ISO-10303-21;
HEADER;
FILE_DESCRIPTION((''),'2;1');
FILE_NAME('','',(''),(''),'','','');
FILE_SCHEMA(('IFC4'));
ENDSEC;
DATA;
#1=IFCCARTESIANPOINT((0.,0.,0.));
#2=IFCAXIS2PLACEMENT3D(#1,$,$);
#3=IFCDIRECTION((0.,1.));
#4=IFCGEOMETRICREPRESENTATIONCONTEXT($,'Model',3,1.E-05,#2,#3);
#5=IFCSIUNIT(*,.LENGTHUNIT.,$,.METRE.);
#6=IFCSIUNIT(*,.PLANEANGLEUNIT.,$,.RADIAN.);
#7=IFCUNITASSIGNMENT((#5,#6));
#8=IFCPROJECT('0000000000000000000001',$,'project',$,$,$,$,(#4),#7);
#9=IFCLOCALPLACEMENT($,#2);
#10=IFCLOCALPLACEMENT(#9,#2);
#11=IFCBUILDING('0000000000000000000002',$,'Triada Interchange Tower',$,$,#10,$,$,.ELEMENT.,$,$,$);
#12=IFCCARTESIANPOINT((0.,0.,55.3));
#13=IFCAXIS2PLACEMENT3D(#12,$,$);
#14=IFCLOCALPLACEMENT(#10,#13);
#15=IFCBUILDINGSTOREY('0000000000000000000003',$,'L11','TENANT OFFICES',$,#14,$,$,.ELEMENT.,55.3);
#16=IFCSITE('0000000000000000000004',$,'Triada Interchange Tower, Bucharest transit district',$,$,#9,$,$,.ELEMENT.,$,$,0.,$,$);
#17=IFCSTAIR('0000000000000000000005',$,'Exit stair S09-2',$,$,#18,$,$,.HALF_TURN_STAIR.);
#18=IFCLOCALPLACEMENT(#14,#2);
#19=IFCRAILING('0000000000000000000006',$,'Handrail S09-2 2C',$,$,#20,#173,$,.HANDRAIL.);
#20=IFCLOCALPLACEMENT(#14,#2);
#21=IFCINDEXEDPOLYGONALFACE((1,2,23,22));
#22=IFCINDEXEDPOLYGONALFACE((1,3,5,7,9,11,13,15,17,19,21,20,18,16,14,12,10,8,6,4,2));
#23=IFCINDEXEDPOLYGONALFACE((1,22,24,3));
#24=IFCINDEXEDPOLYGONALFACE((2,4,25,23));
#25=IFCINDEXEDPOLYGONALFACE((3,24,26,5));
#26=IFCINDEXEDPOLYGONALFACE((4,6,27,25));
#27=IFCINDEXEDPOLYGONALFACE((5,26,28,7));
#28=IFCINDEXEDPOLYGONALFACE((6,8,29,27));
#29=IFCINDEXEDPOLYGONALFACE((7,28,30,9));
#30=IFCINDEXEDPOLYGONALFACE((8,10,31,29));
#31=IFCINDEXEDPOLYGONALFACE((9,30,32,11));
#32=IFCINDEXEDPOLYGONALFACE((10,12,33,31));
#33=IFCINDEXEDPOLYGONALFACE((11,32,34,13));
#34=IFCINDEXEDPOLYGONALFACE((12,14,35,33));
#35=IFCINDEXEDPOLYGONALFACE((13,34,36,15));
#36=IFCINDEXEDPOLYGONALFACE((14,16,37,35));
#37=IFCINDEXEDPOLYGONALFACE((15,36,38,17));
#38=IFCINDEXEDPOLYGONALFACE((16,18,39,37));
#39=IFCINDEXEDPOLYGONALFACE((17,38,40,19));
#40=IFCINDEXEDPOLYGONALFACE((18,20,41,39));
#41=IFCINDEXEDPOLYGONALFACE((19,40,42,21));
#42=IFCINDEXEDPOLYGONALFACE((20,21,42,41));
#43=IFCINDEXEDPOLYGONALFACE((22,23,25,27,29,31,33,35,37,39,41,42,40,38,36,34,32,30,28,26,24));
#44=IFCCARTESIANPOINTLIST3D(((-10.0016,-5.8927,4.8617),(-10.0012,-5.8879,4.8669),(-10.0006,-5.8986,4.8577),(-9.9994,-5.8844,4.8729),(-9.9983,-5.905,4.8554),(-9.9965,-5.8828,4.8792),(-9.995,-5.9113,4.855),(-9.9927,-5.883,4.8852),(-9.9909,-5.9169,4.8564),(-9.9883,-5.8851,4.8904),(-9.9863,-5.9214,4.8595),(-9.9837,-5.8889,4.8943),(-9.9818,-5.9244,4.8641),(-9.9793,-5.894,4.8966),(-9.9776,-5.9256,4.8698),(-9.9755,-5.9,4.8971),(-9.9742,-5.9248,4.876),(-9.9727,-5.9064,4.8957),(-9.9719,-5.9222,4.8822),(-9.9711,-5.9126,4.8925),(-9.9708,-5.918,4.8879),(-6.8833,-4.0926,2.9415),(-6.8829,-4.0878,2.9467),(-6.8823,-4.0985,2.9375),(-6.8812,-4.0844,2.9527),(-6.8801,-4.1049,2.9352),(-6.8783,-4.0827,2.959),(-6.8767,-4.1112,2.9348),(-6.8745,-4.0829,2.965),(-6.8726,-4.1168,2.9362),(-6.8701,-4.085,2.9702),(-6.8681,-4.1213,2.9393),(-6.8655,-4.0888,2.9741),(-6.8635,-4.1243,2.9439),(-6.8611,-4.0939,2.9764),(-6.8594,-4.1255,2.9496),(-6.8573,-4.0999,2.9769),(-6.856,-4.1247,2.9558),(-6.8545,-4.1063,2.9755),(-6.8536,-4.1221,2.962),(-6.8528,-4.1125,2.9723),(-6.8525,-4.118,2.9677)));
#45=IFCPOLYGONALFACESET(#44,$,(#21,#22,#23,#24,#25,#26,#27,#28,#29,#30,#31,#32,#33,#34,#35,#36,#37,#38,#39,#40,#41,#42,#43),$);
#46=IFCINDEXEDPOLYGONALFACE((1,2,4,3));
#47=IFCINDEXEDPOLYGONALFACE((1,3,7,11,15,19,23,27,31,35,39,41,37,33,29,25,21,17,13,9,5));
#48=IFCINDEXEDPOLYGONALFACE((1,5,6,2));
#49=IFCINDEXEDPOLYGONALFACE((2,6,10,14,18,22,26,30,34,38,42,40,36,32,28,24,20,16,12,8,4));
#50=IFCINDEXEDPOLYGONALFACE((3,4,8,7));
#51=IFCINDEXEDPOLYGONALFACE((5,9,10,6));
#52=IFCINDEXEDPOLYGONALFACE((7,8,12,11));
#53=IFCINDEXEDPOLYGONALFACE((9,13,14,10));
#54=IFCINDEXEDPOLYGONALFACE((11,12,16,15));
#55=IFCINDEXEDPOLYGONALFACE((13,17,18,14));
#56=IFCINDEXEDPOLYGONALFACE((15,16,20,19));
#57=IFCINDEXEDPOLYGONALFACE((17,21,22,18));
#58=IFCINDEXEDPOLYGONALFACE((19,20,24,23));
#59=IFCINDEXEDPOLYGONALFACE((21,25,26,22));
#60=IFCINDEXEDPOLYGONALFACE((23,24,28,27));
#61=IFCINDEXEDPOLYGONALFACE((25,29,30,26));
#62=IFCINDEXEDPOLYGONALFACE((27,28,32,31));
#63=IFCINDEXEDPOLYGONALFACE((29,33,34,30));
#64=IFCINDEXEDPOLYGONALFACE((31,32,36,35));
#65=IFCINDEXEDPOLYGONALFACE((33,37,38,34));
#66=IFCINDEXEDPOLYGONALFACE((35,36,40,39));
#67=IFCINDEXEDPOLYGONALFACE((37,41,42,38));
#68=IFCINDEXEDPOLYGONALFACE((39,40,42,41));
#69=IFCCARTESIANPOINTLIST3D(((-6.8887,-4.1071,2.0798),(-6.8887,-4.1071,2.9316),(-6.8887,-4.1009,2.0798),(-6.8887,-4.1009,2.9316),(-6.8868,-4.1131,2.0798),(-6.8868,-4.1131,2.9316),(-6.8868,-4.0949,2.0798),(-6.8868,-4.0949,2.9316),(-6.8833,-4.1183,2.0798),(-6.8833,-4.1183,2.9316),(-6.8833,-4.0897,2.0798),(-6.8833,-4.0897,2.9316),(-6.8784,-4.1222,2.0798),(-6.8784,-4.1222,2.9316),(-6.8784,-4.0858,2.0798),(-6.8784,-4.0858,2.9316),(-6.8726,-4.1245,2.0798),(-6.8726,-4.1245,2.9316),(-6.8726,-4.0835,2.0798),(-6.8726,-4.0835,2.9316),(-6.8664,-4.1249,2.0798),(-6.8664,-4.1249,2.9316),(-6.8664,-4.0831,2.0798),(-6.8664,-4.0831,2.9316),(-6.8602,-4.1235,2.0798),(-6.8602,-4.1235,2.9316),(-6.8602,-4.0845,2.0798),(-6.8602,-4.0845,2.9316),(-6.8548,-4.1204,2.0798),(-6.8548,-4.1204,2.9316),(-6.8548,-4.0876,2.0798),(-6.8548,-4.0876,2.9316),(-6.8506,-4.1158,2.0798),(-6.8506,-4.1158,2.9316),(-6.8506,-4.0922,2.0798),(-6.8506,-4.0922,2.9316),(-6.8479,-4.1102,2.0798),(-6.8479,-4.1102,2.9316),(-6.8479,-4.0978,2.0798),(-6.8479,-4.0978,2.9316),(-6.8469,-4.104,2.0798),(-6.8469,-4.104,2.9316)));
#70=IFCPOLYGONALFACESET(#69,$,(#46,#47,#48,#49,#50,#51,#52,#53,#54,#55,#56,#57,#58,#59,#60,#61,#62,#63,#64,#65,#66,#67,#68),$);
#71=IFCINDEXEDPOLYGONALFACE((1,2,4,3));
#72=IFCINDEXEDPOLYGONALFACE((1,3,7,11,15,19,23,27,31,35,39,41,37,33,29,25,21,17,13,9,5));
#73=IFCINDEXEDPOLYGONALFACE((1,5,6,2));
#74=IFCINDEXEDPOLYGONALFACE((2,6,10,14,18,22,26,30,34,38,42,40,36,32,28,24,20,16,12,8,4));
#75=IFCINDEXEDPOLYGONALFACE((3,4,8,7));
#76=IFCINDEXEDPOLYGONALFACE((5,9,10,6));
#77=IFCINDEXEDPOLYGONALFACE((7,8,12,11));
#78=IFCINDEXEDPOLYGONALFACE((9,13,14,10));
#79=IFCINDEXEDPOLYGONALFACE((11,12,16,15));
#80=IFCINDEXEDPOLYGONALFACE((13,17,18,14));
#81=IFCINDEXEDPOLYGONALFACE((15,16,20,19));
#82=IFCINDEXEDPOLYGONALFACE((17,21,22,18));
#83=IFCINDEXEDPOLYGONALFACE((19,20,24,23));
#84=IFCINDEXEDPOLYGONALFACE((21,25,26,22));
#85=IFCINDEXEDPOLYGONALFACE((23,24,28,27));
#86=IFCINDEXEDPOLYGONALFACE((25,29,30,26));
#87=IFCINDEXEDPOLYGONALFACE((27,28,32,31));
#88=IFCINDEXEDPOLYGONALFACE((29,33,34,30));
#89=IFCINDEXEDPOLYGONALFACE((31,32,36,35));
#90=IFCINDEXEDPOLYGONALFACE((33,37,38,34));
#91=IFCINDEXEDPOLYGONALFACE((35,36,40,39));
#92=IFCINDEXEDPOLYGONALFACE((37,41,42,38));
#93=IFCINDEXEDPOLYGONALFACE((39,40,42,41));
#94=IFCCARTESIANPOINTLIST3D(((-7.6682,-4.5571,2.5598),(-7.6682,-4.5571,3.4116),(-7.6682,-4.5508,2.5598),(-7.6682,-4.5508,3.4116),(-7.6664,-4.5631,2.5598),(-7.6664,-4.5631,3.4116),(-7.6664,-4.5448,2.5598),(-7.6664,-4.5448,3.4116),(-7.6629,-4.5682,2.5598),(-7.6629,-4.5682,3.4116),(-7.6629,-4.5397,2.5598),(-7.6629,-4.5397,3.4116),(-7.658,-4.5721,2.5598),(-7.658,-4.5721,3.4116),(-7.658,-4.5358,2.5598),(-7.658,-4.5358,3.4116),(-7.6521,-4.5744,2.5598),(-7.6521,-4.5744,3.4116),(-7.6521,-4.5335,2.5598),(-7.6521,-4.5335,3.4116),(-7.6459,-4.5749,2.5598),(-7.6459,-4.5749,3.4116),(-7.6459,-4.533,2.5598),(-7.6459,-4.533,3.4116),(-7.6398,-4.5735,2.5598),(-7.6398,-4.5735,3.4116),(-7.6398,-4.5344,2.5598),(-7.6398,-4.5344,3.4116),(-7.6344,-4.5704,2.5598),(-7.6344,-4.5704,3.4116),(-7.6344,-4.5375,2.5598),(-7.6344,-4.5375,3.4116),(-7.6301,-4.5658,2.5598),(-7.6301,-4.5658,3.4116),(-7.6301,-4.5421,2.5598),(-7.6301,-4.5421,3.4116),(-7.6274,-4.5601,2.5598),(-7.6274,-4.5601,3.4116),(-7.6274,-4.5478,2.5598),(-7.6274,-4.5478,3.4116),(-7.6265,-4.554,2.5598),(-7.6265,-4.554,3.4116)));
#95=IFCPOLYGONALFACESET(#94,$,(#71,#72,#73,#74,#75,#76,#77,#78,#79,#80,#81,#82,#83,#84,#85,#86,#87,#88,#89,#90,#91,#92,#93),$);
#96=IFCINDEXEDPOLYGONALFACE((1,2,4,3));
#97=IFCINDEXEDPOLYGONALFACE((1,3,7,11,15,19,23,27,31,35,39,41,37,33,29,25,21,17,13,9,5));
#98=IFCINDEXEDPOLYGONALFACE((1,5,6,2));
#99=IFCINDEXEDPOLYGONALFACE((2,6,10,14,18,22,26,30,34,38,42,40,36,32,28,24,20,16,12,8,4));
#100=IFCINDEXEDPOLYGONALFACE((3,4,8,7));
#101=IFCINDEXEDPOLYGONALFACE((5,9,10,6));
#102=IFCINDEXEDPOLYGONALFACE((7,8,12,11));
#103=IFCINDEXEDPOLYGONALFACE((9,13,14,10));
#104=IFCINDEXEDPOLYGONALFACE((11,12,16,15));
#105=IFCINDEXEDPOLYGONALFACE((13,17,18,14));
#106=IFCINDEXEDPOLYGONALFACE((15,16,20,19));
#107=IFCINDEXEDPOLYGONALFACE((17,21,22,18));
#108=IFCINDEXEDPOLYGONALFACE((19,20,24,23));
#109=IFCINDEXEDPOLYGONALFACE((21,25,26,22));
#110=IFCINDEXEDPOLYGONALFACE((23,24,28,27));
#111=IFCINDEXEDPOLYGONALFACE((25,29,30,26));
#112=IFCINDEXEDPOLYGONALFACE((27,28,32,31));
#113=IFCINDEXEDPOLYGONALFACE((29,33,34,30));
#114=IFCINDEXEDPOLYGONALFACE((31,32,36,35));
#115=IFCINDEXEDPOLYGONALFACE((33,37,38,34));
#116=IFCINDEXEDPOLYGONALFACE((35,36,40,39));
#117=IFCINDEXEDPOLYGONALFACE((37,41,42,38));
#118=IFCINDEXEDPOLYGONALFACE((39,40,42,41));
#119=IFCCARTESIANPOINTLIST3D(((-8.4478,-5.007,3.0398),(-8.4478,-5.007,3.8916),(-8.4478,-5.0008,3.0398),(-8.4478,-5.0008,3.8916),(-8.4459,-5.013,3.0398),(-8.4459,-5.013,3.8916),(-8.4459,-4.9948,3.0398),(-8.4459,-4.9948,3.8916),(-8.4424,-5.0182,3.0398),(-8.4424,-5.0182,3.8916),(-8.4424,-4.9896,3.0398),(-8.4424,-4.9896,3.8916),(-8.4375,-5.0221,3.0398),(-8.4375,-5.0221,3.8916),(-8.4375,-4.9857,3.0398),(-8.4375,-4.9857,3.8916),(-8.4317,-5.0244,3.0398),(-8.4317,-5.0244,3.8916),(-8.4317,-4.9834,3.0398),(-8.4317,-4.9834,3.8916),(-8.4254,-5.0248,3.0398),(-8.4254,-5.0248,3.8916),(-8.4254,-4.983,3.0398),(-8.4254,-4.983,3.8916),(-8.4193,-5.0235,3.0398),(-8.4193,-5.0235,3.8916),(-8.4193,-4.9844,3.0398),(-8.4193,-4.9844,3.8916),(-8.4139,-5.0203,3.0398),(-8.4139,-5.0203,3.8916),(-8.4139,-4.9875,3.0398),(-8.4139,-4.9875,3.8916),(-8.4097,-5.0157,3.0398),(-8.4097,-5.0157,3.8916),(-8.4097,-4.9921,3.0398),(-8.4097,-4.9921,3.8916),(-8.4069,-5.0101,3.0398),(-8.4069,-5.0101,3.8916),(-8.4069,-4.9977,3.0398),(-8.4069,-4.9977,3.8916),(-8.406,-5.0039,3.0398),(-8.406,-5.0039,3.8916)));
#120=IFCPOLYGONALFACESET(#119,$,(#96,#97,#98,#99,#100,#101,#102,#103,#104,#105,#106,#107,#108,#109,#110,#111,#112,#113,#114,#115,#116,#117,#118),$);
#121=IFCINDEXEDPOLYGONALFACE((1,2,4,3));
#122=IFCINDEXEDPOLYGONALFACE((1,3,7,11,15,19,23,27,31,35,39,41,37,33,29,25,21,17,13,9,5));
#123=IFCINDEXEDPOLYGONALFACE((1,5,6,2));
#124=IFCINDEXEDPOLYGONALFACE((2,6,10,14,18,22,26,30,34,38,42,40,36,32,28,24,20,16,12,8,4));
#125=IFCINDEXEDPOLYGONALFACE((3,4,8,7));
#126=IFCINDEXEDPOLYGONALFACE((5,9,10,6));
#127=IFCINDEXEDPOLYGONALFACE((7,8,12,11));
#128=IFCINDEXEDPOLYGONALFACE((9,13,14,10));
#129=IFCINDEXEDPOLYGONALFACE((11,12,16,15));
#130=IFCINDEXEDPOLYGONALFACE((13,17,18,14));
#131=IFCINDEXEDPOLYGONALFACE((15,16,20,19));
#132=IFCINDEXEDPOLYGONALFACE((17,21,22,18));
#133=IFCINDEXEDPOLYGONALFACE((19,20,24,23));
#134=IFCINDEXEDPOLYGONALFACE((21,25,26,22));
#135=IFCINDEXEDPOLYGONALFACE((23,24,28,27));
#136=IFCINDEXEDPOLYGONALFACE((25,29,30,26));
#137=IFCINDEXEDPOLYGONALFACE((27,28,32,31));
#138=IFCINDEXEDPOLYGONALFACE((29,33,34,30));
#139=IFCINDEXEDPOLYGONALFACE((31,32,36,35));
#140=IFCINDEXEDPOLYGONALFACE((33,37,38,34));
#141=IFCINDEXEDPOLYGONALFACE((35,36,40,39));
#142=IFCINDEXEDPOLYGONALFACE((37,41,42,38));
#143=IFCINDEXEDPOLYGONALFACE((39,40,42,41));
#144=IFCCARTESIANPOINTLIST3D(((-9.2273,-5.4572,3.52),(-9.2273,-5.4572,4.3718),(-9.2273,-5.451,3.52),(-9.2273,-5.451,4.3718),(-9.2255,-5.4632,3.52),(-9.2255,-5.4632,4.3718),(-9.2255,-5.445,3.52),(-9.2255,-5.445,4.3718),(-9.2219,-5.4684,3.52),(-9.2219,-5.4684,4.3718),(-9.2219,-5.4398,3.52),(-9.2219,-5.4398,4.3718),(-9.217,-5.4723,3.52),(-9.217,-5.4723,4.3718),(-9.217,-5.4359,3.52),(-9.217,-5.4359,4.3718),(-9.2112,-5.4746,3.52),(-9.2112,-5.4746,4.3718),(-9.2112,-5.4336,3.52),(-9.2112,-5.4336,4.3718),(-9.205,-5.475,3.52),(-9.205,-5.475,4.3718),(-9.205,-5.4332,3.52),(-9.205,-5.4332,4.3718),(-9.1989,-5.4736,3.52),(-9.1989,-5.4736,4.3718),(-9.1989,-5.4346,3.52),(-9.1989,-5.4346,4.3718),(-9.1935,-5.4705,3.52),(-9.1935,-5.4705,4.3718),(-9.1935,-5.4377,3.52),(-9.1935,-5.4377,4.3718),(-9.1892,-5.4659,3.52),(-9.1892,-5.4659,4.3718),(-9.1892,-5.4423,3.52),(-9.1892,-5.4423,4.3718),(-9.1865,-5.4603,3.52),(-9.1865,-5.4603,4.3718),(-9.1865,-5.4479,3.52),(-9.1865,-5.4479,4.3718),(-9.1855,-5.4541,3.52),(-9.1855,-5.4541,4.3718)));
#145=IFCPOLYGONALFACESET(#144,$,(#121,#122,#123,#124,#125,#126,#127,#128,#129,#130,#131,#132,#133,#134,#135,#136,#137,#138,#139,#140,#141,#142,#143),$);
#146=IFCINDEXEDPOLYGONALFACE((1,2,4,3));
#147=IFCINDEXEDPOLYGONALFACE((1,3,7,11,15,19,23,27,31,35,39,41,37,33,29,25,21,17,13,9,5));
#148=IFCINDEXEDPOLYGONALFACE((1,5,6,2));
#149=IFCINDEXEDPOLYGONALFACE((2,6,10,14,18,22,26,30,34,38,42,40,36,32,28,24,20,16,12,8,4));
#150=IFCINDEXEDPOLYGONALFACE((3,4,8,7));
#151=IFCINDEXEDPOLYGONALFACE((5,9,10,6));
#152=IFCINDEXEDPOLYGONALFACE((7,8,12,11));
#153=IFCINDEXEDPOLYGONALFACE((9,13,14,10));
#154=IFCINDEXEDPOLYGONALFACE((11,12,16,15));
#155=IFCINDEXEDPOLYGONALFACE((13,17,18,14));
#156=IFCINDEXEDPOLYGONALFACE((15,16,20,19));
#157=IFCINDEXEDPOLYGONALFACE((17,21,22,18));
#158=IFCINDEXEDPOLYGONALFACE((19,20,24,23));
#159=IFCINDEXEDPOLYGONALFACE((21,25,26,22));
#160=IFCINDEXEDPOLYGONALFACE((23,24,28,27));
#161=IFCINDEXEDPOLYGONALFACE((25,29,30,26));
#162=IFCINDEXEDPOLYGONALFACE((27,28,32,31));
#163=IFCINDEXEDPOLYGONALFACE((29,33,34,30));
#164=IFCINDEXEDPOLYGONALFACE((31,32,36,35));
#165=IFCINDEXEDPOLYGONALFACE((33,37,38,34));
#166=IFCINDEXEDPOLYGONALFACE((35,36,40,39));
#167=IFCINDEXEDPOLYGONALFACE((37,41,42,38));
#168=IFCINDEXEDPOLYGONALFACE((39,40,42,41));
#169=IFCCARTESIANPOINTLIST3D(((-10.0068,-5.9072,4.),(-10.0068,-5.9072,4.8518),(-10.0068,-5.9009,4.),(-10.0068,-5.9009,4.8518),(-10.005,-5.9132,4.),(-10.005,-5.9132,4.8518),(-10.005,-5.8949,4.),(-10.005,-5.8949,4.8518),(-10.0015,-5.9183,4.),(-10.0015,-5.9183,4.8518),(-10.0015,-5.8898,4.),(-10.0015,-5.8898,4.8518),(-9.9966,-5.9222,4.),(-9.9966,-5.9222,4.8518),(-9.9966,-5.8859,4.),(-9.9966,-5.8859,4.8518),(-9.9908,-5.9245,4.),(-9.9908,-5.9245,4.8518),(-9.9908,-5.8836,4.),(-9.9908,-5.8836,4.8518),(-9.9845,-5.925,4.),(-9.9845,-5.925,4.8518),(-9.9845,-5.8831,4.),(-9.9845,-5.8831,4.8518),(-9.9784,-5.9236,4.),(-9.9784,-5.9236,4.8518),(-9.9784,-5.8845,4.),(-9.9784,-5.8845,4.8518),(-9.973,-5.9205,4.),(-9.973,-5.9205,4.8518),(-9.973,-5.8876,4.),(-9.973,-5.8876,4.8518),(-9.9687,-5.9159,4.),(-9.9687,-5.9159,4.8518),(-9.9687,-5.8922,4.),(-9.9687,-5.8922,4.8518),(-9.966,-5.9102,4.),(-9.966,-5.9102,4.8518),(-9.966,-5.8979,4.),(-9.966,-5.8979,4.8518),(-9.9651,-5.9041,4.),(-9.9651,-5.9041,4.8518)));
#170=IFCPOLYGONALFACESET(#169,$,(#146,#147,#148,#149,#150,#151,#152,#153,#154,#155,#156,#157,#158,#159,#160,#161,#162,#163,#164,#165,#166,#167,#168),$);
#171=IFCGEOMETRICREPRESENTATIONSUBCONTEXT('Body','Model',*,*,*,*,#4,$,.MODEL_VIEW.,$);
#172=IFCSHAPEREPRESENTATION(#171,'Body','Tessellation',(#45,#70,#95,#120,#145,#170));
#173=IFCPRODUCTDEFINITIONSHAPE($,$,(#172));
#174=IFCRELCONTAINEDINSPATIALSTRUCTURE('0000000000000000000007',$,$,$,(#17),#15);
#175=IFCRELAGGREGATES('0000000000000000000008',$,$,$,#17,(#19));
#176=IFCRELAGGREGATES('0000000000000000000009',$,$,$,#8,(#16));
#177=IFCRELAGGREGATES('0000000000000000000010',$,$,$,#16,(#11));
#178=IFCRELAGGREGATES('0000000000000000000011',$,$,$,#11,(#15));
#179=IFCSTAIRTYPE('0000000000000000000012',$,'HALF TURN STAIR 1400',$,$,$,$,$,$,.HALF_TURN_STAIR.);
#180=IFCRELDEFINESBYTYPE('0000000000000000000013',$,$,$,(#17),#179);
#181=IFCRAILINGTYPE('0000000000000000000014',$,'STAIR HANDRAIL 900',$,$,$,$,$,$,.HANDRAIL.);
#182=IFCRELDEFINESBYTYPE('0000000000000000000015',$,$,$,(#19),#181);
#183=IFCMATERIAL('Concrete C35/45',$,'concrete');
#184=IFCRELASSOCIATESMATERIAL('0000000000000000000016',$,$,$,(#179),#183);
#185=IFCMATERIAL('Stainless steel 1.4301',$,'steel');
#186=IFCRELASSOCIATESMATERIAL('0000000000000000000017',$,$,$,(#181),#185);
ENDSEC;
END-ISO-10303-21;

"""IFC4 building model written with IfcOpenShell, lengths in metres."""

from ifc_helpers import new_model, si_unit, direction, frame, origin, origin_2d, place, context, subcontext, project, spatial, circle, extrude, material, type_object, element, aggregate, save


model = new_model("IFC4")

# Units and contexts
model_context = context("Model", 3, precision=1e-05, world=origin(), true_north=direction((0.0, 1.0)))
body_context = subcontext(model_context, "Body", "Model", "MODEL_VIEW")
ifc_project = project(units=[si_unit("LENGTHUNIT", "METRE"), si_unit("PLANEANGLEUNIT", "RADIAN")], contexts=[model_context])

# Site, building, storey
site_placement = place(None, origin())
site = spatial("IfcSite", under=ifc_project, at=site_placement, Name="Triada Interchange Tower, Bucharest transit district", CompositionType="ELEMENT", RefElevation=0.0)
building_placement = place(site_placement, origin())
building = spatial("IfcBuilding", under=site, at=building_placement, Name="Triada Interchange Tower", CompositionType="ELEMENT")
storey_placement = place(building_placement, frame((0.0, 0.0, 55.3)))
storey = spatial("IfcBuildingStorey", under=building, at=storey_placement, Name="L11", Description="TENANT OFFICES", CompositionType="ELEMENT", Elevation=55.3)

# Stair, railing
ifc_material_1 = material(Name="Concrete C35/45", Category="concrete")
stair_type = type_object("IfcStairType", Name="HALF TURN STAIR 1400", PredefinedType="HALF_TURN_STAIR", material=ifc_material_1)
stair_placement = place(storey_placement, origin())
stair = element("IfcStair", 1, at=stair_placement, inside=storey, type_object=stair_type, Name="Exit stair S09-2", PredefinedType="HALF_TURN_STAIR")
ifc_material_2 = material(Name="Stainless steel 1.4301", Category="steel")
railing_type = type_object("IfcRailingType", Name="STAIR HANDRAIL 900", PredefinedType="HANDRAIL", material=ifc_material_2)
railing_1_placement = place(storey_placement, frame((-6.8679, -4.104, 2.0798)))
railing_1 = element("IfcRailing", 2, at=railing_1_placement, type_object=railing_type, Name="Handrail S09-2 2C", PredefinedType="HANDRAIL", context=body_context, shape_type="SweptSolid", body=[
    extrude(circle(Radius=0.0239, at=origin_2d()), frame((0.0, 0.0, 0.876), z_axis=(-0.76417, -0.441139, 0.470576), x_axis=(0.499953, -0.866052, 0.0)), (0.0, 0.0, 1.0), 4.0806),
    extrude(circle(Radius=0.021, at=origin_2d()), origin(), (0.0, 0.0, 1.0), 0.8518),
    extrude(circle(Radius=0.021, at=origin_2d()), frame((-0.7795, -0.45, 0.48)), (0.0, 0.0, 1.0), 0.8518),
    extrude(circle(Radius=0.021, at=origin_2d()), frame((-1.5591, -0.8999, 0.96)), (0.0, 0.0, 1.0), 0.8518),
    extrude(circle(Radius=0.021, at=origin_2d()), frame((-2.3386, -1.3501, 1.4402)), (0.0, 0.0, 1.0), 0.8518),
    extrude(circle(Radius=0.021, at=origin_2d()), frame((-3.1182, -1.8, 1.9202)), (0.0, 0.0, 1.0), 0.8518),
])
aggregate(stair, [railing_1])

save(model, "model.ifc")
